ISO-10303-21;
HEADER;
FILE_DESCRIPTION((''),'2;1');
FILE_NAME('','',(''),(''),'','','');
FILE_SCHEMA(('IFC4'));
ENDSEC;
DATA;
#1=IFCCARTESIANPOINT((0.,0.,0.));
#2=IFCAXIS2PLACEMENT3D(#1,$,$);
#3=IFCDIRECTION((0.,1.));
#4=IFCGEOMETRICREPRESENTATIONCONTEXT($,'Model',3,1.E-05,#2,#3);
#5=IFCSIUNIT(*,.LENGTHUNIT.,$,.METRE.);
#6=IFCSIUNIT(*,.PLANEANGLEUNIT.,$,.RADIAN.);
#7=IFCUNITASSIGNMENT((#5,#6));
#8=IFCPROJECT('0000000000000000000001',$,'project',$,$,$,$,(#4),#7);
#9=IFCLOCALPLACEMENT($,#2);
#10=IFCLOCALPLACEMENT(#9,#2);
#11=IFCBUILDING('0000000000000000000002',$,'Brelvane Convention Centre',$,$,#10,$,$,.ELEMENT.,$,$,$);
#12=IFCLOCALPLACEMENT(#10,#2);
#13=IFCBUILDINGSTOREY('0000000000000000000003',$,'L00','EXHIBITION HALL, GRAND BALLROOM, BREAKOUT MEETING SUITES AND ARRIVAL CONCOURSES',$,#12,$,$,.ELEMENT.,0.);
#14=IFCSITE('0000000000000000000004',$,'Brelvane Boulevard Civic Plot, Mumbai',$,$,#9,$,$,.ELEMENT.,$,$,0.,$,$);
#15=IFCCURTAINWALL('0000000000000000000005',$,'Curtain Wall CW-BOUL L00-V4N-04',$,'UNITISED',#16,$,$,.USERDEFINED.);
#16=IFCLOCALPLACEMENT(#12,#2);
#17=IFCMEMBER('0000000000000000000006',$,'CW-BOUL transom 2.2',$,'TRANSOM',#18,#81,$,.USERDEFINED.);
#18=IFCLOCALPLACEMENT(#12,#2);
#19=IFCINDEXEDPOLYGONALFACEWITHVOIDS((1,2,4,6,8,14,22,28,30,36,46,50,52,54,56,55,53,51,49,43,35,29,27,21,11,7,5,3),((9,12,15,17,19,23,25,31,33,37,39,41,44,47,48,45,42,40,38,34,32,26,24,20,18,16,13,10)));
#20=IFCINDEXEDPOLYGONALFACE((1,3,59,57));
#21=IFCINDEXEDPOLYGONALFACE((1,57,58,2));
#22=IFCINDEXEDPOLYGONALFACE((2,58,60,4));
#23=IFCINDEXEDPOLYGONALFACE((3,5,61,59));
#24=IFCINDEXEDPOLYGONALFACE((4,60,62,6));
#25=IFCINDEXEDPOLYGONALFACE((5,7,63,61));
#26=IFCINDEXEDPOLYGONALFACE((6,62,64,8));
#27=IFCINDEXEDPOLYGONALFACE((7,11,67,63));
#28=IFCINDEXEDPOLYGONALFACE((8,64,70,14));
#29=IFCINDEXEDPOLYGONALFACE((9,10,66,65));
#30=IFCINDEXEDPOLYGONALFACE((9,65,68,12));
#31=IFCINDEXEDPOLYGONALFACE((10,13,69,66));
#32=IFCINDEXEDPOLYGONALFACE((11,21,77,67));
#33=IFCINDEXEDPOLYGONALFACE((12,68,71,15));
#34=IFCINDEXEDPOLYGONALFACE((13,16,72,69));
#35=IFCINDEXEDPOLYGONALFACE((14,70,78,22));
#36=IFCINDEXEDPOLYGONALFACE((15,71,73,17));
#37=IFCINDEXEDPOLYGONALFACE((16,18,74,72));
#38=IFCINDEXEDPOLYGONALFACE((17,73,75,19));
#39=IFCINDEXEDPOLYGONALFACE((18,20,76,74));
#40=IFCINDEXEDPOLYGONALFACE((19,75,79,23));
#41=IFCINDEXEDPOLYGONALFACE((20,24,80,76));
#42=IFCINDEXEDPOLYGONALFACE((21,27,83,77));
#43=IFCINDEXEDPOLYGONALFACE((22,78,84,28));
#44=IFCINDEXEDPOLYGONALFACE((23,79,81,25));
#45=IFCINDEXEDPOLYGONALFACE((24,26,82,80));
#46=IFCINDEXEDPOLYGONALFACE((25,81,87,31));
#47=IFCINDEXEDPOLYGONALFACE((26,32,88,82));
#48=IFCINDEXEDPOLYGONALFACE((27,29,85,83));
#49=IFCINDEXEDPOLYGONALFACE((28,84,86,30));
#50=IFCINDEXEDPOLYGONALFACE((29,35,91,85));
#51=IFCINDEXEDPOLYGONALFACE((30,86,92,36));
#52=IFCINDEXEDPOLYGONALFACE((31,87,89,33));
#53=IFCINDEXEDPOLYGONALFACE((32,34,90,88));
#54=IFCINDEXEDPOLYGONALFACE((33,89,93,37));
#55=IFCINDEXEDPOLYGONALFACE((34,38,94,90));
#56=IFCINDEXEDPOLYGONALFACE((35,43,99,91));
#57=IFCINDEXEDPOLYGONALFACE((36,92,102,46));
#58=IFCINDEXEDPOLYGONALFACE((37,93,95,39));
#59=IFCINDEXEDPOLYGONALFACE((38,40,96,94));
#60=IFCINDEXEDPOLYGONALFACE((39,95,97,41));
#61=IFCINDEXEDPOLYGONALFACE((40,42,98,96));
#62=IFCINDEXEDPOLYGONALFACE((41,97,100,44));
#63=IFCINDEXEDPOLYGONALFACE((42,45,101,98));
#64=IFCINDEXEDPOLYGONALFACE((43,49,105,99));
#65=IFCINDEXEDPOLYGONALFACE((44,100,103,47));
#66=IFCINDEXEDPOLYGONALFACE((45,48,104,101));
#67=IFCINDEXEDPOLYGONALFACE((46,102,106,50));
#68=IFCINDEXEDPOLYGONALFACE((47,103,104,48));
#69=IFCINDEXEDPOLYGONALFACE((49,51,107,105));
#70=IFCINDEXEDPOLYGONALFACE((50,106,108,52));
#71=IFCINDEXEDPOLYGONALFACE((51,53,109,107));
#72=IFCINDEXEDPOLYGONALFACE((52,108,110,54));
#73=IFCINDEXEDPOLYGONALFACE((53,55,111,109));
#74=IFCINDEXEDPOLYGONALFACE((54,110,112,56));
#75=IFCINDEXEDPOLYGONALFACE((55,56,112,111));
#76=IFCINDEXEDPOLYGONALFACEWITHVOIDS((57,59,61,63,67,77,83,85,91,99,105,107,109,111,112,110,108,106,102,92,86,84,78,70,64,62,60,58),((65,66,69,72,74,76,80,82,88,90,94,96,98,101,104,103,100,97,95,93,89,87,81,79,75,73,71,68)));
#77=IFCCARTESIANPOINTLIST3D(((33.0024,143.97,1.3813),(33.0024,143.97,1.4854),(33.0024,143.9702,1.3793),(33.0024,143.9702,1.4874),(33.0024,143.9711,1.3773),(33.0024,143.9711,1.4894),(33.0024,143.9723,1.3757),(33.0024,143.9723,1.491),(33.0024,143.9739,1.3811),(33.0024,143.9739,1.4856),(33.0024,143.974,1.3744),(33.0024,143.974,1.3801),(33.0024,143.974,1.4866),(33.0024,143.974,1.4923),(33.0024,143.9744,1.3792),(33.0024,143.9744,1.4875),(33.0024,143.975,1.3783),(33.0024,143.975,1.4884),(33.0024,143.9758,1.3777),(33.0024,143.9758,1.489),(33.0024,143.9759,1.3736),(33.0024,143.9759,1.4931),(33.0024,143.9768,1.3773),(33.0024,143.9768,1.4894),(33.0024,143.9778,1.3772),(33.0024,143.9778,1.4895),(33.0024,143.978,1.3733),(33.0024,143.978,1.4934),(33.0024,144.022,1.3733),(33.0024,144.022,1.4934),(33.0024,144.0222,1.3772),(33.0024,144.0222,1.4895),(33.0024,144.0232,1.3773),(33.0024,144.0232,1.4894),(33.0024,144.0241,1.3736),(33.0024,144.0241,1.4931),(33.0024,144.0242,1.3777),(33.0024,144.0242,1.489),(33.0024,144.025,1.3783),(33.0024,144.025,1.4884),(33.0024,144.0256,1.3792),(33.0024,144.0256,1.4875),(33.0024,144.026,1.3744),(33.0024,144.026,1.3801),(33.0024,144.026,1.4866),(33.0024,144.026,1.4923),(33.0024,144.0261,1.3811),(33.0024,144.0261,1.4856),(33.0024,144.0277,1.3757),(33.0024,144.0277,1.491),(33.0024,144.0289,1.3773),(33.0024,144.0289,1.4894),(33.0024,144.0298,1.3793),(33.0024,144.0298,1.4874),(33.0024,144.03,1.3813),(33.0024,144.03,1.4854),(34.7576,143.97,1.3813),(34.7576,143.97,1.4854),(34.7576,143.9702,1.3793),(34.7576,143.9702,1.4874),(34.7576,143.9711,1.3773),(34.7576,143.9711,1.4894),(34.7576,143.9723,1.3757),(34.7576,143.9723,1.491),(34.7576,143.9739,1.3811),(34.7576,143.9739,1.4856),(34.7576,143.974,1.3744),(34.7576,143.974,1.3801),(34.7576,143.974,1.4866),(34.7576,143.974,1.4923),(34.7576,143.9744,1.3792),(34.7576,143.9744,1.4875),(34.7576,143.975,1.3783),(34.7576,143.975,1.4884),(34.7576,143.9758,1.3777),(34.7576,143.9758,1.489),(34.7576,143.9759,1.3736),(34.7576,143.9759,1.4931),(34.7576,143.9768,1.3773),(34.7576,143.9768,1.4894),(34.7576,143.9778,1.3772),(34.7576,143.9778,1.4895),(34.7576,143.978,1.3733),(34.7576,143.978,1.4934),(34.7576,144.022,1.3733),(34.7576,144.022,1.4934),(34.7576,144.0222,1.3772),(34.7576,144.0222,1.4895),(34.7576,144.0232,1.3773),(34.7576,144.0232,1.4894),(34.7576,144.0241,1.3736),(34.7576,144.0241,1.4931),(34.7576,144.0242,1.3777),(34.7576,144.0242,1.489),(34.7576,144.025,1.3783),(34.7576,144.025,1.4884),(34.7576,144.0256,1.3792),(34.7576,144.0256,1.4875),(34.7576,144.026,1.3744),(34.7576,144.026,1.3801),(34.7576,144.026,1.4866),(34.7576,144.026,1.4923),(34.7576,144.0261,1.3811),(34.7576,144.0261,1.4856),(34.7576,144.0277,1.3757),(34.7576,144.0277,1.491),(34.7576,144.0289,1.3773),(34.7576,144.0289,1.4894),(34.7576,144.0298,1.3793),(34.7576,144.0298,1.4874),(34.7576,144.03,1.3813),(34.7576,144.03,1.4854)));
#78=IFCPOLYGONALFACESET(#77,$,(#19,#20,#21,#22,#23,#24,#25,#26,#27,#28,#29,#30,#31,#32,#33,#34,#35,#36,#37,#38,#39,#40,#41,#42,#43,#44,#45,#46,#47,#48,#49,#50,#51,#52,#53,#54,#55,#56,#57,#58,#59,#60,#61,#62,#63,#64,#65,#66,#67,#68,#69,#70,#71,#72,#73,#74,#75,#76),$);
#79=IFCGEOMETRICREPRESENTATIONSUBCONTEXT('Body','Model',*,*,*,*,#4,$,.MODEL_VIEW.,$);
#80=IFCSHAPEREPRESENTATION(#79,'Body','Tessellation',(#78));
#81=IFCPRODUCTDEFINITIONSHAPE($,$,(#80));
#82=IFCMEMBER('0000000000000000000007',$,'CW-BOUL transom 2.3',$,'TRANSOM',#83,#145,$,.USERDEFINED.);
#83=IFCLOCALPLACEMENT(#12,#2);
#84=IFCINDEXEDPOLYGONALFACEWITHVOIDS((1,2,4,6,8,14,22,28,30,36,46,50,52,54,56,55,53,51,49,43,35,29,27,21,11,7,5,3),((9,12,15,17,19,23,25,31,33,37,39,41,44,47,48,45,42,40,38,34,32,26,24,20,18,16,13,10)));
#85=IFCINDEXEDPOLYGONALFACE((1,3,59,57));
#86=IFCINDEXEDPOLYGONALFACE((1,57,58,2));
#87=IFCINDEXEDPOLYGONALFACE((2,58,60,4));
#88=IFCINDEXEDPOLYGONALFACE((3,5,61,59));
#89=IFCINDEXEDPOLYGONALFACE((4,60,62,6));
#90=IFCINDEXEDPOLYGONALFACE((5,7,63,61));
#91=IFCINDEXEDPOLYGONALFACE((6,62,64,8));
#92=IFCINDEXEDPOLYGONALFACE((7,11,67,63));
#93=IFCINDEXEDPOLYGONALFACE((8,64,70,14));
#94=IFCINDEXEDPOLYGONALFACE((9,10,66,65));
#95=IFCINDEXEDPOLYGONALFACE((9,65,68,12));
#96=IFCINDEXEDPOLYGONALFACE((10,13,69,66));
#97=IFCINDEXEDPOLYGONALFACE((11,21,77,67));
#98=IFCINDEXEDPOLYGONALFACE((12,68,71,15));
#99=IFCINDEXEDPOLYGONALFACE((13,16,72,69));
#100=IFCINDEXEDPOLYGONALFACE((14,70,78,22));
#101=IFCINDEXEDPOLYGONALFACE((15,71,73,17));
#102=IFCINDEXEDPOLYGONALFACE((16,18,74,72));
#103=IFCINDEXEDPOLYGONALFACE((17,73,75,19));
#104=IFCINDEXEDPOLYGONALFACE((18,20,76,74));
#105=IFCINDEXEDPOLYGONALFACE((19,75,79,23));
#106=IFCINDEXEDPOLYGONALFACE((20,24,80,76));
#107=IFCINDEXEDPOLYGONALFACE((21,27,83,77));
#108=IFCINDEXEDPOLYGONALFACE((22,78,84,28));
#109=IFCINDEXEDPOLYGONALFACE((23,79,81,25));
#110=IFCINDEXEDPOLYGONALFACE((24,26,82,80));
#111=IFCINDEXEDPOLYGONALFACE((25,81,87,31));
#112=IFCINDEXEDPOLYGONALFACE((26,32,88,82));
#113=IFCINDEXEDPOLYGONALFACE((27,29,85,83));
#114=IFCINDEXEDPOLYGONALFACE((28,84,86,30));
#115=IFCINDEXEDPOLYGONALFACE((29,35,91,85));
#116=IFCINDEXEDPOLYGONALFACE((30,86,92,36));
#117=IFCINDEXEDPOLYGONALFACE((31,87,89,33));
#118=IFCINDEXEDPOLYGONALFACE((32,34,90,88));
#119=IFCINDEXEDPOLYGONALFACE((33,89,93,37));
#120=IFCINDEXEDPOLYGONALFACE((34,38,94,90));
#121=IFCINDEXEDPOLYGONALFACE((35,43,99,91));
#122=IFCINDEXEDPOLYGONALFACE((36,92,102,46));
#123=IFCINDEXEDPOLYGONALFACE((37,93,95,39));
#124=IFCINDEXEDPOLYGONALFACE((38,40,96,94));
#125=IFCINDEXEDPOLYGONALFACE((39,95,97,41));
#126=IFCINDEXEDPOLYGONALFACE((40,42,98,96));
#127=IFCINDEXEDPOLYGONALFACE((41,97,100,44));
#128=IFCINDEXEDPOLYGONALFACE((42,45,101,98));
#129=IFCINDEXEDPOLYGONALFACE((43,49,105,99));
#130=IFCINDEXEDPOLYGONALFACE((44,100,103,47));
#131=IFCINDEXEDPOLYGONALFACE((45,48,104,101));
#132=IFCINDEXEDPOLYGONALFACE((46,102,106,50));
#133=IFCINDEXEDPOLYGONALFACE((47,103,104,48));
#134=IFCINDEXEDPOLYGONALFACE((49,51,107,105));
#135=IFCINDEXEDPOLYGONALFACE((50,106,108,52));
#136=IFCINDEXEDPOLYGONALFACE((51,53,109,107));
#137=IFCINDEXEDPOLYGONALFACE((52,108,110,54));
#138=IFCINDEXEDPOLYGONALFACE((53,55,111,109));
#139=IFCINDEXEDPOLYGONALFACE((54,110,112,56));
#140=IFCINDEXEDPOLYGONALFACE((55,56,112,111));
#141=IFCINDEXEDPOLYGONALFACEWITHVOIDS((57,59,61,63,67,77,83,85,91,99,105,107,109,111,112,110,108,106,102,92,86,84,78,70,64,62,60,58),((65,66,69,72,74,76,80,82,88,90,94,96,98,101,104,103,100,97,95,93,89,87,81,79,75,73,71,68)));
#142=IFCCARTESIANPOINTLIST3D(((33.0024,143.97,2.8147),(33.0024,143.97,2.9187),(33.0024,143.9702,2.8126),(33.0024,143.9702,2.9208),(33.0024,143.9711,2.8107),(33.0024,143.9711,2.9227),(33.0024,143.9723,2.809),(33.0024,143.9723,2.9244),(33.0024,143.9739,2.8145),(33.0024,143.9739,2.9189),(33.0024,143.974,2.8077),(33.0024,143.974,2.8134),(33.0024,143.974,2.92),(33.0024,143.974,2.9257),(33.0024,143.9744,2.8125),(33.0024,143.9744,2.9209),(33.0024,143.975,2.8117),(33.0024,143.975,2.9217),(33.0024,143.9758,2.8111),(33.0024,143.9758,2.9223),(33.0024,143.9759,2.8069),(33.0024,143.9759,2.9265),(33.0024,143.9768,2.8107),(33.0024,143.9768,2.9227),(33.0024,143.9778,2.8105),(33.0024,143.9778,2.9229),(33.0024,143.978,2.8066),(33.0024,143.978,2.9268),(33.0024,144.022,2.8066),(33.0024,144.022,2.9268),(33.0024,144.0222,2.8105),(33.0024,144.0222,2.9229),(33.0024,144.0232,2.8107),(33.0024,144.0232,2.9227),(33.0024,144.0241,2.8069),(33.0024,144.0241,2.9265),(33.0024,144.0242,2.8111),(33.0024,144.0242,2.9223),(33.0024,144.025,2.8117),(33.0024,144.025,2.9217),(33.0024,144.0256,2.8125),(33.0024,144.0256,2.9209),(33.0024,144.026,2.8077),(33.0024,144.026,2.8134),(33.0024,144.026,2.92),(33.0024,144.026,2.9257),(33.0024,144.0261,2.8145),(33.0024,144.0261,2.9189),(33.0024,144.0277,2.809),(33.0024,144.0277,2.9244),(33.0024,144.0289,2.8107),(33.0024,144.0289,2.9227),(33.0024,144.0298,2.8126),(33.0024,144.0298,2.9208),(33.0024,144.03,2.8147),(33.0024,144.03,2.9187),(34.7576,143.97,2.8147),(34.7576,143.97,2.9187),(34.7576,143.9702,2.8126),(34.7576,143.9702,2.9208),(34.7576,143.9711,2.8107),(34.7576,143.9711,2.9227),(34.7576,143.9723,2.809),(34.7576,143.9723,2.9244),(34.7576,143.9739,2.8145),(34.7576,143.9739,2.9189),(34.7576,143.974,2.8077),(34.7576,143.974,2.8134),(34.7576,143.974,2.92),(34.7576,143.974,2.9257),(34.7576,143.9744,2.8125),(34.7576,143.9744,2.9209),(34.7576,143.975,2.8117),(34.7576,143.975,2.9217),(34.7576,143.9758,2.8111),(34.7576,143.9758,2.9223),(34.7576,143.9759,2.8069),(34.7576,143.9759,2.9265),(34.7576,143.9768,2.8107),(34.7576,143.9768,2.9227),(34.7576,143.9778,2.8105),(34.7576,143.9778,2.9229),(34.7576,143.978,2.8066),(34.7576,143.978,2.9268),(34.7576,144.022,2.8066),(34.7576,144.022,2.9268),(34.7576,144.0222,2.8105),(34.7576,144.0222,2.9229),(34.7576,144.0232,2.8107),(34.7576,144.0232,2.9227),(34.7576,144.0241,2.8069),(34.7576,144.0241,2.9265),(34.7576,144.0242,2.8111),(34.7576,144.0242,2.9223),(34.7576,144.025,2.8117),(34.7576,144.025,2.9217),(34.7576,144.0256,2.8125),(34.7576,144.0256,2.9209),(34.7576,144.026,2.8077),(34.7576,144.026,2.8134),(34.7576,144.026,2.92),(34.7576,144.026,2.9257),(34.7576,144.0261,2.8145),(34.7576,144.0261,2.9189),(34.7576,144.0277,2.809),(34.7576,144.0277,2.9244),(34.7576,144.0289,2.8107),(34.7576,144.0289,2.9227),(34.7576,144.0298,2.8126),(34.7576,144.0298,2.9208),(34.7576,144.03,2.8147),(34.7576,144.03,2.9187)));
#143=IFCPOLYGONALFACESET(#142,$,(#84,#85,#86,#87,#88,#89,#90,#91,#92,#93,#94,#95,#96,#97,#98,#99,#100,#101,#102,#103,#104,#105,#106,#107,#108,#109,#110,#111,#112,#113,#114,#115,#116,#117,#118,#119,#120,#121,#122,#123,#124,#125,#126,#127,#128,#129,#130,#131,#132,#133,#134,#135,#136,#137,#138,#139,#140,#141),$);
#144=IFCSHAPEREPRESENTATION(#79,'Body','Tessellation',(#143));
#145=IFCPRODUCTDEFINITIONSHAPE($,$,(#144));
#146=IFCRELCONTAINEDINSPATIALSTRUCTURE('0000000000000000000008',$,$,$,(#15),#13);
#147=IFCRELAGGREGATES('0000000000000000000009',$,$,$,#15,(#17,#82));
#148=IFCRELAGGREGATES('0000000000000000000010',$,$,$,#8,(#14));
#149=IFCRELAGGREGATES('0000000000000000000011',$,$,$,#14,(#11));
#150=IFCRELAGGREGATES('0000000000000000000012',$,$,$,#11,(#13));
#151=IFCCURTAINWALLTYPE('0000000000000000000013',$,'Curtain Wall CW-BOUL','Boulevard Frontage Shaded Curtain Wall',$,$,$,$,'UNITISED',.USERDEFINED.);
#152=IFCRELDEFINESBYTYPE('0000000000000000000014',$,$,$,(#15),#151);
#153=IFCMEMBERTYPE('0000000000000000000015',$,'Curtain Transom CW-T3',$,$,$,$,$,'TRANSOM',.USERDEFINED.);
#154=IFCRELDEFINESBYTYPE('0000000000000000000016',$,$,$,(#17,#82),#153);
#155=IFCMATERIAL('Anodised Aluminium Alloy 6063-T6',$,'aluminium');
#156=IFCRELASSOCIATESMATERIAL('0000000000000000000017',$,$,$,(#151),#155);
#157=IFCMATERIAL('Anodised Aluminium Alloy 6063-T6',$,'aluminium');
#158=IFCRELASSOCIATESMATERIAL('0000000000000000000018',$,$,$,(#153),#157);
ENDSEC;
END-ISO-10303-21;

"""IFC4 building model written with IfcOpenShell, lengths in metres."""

from ifc_helpers import new_model, si_unit, direction, frame, origin, origin_2d, place, context, subcontext, project, spatial, hollow_rectangle, extrude, material, material_profile, profile_set, type_object, element, aggregate, save


model = new_model("IFC4")

# Units and contexts
model_context = context("Model", 3, precision=1e-05, world=origin(), true_north=direction((0.0, 1.0)))
body_context = subcontext(model_context, "Body", "Model", "MODEL_VIEW")
ifc_project = project(units=[si_unit("LENGTHUNIT", "METRE"), si_unit("PLANEANGLEUNIT", "RADIAN")], contexts=[model_context])

# Site, building, storey
site_placement = place(None, origin())
site = spatial("IfcSite", under=ifc_project, at=site_placement, Name="Brelvane Boulevard Civic Plot, Mumbai", CompositionType="ELEMENT", RefElevation=0.0)
building_placement = place(site_placement, origin())
building = spatial("IfcBuilding", under=site, at=building_placement, Name="Brelvane Convention Centre", CompositionType="ELEMENT")
storey_placement = place(building_placement, origin())
storey = spatial("IfcBuildingStorey", under=building, at=storey_placement, Name="L00", Description="EXHIBITION HALL, GRAND BALLROOM, BREAKOUT MEETING SUITES AND ARRIVAL CONCOURSES", CompositionType="ELEMENT", Elevation=0.0)

# Curtain wall, members
ifc_material_1 = material(Name="Anodised Aluminium Alloy 6063-T6", Category="aluminium")
curtain_wall_type = type_object("IfcCurtainWallType", Name="Curtain Wall CW-BOUL", Description="Boulevard Frontage Shaded Curtain Wall", ElementType="UNITISED", PredefinedType="USERDEFINED", material=ifc_material_1)
curtain_wall_placement = place(storey_placement, origin())
curtain_wall = element("IfcCurtainWall", 1, at=curtain_wall_placement, inside=storey, type_object=curtain_wall_type, Name="Curtain Wall CW-BOUL L00-V4N-04", ObjectType="UNITISED", PredefinedType="USERDEFINED")
ifc_material_2 = material(Name="Anodised Aluminium Alloy 6063-T6", Category="aluminium")
ifc_material_profile_1 = material_profile(ifc_material_2, hollow_rectangle(XDim=0.0601, YDim=0.1201, WallThickness=0.0039, InnerFilletRadius=0.0039, OuterFilletRadius=0.0081, at=origin_2d()), Name="ALU-T 120x60x4.0")
ifc_profile_set_1 = profile_set([ifc_material_profile_1], Name="Anodised Aluminium Alloy 6063-T6")
member_type_1 = type_object("IfcMemberType", Name="Curtain Transom CW-T3", ElementType="TRANSOM", PredefinedType="USERDEFINED", material=ifc_profile_set_1)
member_1_placement = place(storey_placement, frame((33.0024, 144.0, 1.4333), z_axis=(1.0, 0.0, 0.0), x_axis=(0.0, 1.0, 0.0)))
member_1 = element("IfcMember", 2, at=member_1_placement, type_object=member_type_1, Name="CW-BOUL transom 2.2", ObjectType="TRANSOM", PredefinedType="USERDEFINED", context=body_context, shape_type="SweptSolid", body=[
    extrude(hollow_rectangle(XDim=0.0601, YDim=0.1201, WallThickness=0.0039, InnerFilletRadius=0.0039, OuterFilletRadius=0.0081, at=origin_2d()), origin(), (0.0, 0.0, 1.0), 1.7551),
])
member_2_placement = place(storey_placement, frame((33.0024, 144.0, 2.8667), z_axis=(1.0, 0.0, 0.0), x_axis=(0.0, 1.0, 0.0)))
member_2 = element("IfcMember", 3, at=member_2_placement, type_object=member_type_1, Name="CW-BOUL transom 2.3", ObjectType="TRANSOM", PredefinedType="USERDEFINED", context=body_context, shape_type="SweptSolid", body=[
    extrude(hollow_rectangle(XDim=0.0601, YDim=0.1201, WallThickness=0.0039, InnerFilletRadius=0.0039, OuterFilletRadius=0.0081, at=origin_2d()), origin(), (0.0, 0.0, 1.0), 1.7551),
])
aggregate(curtain_wall, [member_1, member_2])

save(model, "model.ifc")
